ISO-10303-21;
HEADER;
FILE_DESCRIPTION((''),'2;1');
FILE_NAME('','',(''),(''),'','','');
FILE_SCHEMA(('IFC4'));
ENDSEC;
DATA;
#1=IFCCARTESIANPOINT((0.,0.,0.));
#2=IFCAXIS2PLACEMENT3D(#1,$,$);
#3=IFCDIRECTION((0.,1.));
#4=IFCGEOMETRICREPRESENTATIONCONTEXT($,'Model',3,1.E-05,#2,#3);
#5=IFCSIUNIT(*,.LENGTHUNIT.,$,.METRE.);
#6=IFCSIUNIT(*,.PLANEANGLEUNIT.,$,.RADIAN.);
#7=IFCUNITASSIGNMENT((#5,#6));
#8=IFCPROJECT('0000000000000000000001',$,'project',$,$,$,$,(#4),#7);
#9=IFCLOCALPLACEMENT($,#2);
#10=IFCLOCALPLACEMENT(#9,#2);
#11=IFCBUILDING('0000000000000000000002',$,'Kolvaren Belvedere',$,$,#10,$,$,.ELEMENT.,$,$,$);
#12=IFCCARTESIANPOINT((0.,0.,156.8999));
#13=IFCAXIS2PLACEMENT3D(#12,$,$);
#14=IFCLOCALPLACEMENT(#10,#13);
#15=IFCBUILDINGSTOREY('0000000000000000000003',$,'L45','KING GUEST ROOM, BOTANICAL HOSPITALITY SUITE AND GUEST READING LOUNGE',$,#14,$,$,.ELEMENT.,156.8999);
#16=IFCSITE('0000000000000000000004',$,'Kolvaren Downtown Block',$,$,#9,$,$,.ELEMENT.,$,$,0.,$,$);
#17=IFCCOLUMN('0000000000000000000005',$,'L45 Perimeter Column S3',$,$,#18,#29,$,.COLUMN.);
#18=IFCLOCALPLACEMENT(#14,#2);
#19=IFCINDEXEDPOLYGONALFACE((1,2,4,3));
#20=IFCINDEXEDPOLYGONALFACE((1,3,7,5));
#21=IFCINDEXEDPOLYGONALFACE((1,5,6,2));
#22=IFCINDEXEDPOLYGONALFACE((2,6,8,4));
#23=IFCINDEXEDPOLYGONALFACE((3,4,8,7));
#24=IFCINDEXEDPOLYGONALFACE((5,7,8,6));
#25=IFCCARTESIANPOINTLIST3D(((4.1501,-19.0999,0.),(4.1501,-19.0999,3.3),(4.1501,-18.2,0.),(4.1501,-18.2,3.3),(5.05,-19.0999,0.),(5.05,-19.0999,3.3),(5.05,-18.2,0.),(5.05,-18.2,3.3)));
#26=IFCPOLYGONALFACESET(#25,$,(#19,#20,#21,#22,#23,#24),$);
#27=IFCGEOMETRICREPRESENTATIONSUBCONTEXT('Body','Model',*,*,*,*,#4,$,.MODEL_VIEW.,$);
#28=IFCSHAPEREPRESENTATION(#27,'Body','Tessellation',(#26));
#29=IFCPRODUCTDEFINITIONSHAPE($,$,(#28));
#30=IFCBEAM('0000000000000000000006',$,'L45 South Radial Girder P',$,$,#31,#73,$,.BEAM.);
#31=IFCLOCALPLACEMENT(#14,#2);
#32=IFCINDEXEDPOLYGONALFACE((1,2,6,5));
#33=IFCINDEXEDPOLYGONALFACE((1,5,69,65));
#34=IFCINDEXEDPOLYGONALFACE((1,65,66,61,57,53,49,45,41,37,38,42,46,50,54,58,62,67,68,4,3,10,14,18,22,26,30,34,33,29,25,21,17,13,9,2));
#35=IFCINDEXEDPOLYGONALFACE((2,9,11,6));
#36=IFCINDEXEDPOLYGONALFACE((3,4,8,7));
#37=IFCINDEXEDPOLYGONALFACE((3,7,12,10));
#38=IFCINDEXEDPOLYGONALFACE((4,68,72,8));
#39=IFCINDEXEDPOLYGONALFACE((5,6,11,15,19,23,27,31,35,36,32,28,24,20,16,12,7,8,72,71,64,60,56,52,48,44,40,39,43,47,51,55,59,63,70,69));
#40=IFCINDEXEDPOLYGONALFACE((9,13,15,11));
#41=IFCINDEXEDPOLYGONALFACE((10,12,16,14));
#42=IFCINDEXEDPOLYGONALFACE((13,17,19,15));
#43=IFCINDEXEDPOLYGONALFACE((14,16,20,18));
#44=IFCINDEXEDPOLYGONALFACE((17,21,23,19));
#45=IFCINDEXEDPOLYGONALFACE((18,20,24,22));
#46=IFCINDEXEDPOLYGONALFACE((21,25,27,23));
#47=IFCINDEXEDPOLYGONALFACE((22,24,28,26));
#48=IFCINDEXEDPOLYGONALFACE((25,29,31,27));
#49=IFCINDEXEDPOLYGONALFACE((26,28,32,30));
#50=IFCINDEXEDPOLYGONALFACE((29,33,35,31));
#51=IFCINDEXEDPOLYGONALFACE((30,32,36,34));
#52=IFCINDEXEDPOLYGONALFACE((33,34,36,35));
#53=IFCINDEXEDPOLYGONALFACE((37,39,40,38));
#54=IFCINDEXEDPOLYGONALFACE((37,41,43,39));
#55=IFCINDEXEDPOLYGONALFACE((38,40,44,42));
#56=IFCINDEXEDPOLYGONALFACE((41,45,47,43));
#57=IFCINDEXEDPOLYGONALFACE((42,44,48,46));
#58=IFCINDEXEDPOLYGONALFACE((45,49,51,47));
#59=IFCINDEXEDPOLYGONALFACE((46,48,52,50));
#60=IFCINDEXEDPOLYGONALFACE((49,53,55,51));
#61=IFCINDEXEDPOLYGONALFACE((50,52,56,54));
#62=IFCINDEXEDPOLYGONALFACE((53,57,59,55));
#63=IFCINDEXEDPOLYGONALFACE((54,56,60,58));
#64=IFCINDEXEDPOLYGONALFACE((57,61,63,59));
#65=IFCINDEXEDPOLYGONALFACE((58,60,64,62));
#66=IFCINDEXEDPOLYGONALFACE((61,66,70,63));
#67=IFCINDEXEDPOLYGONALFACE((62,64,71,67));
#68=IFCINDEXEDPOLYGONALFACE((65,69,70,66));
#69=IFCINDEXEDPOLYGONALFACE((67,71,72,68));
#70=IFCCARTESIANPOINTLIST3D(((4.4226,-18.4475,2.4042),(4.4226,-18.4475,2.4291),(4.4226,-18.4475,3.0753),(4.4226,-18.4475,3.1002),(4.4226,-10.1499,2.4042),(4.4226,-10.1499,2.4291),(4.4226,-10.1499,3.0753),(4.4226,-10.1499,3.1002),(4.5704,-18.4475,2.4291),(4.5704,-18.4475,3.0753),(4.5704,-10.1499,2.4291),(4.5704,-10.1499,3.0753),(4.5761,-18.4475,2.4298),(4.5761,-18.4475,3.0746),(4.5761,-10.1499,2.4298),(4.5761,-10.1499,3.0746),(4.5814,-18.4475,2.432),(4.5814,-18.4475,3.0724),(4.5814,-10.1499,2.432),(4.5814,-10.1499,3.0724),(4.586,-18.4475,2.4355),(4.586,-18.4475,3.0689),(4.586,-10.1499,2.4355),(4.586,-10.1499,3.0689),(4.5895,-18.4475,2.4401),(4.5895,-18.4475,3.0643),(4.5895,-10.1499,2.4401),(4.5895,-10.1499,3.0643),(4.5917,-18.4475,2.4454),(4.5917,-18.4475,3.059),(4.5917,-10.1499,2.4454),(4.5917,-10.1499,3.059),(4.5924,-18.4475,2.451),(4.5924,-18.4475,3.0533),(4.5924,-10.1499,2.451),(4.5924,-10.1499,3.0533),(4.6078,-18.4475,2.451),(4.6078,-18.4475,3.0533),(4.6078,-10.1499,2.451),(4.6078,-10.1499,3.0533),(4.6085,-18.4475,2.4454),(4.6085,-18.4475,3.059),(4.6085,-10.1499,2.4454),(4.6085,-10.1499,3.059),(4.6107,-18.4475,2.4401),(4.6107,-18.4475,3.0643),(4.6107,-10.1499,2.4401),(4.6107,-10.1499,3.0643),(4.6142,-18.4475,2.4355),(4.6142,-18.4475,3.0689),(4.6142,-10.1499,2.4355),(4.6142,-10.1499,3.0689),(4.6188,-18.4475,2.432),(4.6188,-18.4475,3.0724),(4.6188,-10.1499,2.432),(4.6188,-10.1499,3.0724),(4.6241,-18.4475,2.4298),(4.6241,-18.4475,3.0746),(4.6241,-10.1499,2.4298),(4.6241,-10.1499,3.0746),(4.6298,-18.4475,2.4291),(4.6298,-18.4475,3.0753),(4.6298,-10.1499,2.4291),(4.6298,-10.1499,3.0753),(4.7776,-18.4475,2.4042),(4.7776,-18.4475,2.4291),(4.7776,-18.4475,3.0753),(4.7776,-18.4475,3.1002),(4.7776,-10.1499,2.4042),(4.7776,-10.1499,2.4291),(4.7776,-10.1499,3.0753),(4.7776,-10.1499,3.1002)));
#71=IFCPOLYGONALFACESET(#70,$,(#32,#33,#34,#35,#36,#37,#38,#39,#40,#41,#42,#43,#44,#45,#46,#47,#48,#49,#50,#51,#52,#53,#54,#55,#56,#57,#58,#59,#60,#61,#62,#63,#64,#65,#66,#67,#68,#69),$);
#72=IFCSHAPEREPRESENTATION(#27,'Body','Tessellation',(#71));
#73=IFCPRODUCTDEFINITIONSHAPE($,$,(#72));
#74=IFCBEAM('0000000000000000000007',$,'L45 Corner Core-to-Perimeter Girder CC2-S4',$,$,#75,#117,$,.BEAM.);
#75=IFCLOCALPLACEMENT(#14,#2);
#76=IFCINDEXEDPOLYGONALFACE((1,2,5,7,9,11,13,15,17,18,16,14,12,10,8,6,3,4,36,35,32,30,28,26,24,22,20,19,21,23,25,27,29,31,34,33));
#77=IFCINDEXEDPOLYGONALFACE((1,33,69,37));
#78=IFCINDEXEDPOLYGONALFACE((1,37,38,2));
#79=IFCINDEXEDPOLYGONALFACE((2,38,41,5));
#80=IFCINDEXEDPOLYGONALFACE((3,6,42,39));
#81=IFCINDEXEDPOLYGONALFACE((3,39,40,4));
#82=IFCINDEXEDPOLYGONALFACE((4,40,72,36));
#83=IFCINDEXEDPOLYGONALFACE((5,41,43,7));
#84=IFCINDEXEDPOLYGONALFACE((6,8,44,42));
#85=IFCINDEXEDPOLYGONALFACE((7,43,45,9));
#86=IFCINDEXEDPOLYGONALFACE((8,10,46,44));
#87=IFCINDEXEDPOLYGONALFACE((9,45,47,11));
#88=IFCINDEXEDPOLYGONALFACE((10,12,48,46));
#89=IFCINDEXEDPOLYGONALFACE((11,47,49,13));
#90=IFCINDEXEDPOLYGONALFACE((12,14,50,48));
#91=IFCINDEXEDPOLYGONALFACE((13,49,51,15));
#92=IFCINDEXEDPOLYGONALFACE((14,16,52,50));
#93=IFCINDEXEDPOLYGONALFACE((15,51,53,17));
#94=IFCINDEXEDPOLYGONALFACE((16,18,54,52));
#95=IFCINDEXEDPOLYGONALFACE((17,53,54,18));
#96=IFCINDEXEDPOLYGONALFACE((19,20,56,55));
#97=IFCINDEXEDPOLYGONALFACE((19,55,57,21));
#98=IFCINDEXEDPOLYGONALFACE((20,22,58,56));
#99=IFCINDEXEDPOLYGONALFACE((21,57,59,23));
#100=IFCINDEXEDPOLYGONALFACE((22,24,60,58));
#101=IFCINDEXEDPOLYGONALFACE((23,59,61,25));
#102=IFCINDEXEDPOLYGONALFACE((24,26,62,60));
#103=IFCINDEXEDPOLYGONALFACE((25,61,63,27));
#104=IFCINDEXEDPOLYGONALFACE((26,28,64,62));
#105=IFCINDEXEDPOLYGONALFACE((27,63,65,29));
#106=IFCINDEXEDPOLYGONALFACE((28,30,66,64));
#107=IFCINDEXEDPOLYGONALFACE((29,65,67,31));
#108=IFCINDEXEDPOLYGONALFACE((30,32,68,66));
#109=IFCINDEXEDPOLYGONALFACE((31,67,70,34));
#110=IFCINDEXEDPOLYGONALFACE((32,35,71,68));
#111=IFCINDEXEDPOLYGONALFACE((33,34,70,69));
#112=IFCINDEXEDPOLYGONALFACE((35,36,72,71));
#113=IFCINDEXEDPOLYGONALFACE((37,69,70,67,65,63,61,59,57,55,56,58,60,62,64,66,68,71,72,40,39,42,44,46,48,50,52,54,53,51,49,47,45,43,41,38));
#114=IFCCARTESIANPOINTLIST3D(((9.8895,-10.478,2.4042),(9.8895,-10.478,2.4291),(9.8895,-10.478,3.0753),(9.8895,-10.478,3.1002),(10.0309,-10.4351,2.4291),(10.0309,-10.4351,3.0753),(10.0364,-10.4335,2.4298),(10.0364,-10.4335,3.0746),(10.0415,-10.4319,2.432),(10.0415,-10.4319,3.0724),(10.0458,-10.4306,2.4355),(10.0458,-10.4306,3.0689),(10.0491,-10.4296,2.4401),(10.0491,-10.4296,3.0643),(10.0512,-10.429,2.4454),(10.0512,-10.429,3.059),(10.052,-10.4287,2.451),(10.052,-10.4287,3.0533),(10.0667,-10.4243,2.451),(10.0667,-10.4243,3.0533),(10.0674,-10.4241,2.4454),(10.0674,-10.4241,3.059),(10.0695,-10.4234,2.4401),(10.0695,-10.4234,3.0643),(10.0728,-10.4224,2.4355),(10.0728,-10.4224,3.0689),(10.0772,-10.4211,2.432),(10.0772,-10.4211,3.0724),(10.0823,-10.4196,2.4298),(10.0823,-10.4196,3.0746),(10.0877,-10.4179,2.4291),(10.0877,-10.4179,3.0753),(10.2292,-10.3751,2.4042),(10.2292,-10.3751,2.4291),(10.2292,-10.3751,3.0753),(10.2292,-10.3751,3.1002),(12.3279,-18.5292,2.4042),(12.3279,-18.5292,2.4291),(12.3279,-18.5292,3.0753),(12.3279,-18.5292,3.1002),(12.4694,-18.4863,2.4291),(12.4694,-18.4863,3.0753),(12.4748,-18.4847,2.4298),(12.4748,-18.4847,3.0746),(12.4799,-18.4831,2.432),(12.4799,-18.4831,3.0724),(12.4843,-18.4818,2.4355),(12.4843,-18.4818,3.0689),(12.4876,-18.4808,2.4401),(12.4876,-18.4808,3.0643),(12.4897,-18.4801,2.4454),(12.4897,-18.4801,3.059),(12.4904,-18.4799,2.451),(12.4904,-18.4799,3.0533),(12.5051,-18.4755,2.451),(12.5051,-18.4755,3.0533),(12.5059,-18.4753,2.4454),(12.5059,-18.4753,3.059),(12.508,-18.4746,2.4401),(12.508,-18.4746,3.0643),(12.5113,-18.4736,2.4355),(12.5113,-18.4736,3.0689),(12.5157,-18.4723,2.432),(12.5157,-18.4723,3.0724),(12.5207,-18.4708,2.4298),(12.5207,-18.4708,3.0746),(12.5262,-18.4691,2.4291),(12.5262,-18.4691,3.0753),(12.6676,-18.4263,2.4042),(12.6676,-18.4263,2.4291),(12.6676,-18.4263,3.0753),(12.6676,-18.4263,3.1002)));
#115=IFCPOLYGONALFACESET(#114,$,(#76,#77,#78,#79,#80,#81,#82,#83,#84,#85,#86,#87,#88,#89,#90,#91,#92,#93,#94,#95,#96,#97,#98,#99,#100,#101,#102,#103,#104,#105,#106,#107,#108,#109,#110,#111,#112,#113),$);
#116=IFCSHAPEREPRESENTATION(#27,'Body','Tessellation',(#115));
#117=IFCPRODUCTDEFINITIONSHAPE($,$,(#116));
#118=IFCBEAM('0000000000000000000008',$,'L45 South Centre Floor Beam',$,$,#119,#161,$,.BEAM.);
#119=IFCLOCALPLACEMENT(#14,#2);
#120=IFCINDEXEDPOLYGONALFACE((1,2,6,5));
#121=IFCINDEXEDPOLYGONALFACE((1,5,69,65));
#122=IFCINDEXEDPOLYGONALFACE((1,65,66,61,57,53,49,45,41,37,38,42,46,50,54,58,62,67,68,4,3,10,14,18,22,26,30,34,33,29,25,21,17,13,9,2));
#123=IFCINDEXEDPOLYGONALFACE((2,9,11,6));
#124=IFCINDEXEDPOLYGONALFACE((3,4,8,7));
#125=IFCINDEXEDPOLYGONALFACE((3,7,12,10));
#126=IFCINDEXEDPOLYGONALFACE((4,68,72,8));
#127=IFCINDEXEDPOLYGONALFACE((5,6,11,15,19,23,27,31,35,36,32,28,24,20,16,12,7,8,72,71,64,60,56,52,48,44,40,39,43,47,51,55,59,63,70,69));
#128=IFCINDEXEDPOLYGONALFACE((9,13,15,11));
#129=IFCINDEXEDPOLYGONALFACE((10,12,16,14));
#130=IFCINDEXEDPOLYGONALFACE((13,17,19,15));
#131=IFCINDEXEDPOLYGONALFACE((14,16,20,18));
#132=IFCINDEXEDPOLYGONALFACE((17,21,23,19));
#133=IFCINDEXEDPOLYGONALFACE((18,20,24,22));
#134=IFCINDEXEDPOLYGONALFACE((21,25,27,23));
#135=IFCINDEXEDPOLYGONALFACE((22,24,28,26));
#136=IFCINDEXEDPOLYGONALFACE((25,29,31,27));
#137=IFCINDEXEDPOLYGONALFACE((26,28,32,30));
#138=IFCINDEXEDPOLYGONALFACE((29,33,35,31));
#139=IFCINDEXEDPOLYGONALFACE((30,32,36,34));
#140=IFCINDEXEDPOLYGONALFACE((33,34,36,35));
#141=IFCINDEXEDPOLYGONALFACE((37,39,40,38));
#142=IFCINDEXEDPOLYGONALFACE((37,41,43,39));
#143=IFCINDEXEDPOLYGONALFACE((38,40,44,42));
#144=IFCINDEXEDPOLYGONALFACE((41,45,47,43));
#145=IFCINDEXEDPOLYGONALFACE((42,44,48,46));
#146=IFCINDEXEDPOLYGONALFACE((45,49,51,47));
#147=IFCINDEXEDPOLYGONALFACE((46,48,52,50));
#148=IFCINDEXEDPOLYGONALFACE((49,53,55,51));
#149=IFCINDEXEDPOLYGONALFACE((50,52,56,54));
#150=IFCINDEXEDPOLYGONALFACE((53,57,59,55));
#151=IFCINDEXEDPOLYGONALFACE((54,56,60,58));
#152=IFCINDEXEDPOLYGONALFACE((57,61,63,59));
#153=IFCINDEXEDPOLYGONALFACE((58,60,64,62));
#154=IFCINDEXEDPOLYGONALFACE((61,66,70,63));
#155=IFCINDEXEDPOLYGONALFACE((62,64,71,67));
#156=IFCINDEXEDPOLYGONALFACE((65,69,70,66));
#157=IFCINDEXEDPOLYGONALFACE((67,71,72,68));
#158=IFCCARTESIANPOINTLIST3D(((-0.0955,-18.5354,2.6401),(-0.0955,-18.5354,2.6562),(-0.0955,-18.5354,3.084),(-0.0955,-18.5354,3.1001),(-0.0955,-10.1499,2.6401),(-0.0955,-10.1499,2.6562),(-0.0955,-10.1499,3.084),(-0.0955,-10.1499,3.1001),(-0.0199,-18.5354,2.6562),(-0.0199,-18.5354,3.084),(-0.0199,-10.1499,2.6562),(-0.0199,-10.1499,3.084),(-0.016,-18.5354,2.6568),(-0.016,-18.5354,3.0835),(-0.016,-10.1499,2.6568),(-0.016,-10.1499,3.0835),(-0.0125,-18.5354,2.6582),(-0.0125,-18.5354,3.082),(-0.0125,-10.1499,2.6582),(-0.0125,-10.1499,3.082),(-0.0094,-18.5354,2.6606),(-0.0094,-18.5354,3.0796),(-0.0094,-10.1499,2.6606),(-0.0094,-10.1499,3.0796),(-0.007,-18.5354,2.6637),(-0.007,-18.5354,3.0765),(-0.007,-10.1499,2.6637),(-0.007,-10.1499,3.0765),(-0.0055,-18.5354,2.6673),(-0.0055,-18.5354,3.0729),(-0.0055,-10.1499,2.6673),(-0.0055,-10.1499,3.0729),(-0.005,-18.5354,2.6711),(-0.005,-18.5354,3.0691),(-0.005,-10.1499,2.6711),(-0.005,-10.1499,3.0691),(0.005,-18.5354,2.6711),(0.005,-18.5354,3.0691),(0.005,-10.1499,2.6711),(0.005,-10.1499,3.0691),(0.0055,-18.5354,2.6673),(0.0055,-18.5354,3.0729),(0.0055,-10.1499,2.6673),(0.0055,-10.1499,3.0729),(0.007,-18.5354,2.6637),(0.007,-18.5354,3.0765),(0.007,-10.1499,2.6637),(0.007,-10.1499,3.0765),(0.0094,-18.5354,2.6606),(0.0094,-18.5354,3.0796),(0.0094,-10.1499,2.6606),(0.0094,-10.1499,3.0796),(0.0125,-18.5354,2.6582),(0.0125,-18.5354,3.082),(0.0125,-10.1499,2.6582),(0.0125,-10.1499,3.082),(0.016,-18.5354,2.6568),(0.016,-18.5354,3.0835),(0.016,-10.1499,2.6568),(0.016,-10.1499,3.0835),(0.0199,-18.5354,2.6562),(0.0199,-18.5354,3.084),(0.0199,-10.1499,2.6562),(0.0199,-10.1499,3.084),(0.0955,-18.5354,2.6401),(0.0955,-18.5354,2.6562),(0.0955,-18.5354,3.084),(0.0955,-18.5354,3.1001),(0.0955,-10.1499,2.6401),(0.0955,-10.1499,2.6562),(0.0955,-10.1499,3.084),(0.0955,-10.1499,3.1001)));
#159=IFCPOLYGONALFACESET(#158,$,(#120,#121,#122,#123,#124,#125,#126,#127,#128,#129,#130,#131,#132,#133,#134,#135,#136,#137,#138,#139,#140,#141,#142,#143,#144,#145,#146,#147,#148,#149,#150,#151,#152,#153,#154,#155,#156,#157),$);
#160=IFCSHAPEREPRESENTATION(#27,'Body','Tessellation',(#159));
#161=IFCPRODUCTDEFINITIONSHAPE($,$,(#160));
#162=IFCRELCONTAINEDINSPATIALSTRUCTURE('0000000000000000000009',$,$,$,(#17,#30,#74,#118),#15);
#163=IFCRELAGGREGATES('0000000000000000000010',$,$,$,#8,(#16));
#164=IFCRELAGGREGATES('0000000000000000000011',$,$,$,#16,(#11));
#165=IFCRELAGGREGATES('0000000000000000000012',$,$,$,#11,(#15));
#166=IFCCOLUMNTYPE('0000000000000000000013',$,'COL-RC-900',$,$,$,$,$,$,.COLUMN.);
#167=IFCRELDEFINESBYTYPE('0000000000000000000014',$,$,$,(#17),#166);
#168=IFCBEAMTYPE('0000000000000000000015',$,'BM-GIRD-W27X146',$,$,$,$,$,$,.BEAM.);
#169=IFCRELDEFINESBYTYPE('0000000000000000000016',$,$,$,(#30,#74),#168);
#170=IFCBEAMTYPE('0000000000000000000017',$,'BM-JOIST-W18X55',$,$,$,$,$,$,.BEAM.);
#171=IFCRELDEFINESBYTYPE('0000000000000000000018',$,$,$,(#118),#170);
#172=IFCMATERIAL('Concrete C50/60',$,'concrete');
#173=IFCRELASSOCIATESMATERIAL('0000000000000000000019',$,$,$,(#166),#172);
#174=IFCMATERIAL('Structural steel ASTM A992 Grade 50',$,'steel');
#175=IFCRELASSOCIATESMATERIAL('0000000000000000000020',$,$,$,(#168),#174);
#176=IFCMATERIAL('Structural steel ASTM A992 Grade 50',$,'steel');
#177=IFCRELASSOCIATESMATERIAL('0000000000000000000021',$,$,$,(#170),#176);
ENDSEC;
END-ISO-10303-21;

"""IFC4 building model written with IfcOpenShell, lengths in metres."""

from ifc_helpers import new_model, si_unit, direction, frame, origin, origin_2d, place, context, subcontext, project, spatial, rectangle, i_section, extrude, material, material_profile, profile_set, type_object, element, save


model = new_model("IFC4")

# Units and contexts
model_context = context("Model", 3, precision=1e-05, world=origin(), true_north=direction((0.0, 1.0)))
body_context = subcontext(model_context, "Body", "Model", "MODEL_VIEW")
ifc_project = project(units=[si_unit("LENGTHUNIT", "METRE"), si_unit("PLANEANGLEUNIT", "RADIAN")], contexts=[model_context])

# Site, building, storey
site_placement = place(None, origin())
site = spatial("IfcSite", under=ifc_project, at=site_placement, Name="Kolvaren Downtown Block", CompositionType="ELEMENT", RefElevation=0.0)
building_placement = place(site_placement, origin())
building = spatial("IfcBuilding", under=site, at=building_placement, Name="Kolvaren Belvedere", CompositionType="ELEMENT")
storey_placement = place(building_placement, frame((0.0, 0.0, 156.8999)))
storey = spatial("IfcBuildingStorey", under=building, at=storey_placement, Name="L45", Description="KING GUEST ROOM, BOTANICAL HOSPITALITY SUITE AND GUEST READING LOUNGE", CompositionType="ELEMENT", Elevation=156.8999)

# Column
ifc_material_1 = material(Name="Concrete C50/60", Category="concrete")
ifc_material_profile_1 = material_profile(ifc_material_1, rectangle(XDim=0.8999, YDim=0.8999, at=origin_2d()), Name="RC 900X900")
ifc_profile_set_1 = profile_set([ifc_material_profile_1], Name="Concrete C50/60")
column_type = type_object("IfcColumnType", Name="COL-RC-900", PredefinedType="COLUMN", material=ifc_profile_set_1)
column_placement = place(storey_placement, frame((4.6001, -18.6499, 0.0), z_axis=(0.0, 0.0, 1.0), x_axis=(1.0, 0.0, 0.0)))
element("IfcColumn", 1, at=column_placement, inside=storey, type_object=column_type, Name="L45 Perimeter Column S3", PredefinedType="COLUMN", context=body_context, shape_type="SweptSolid", body=[
    extrude(rectangle(XDim=0.8999, YDim=0.8999, at=origin_2d()), origin(), (0.0, 0.0, 1.0), 3.3),
])

# Beams
ifc_material_2 = material(Name="Structural steel ASTM A992 Grade 50", Category="steel")
ifc_material_profile_2 = material_profile(ifc_material_2, i_section(OverallWidth=0.355, OverallDepth=0.696, WebThickness=0.0154, FlangeThickness=0.0249, FilletRadius=0.022, at=origin_2d()), Name="W27X146")
ifc_profile_set_2 = profile_set([ifc_material_profile_2], Name="Structural steel ASTM A992 Grade 50")
beam_type_1 = type_object("IfcBeamType", Name="BM-GIRD-W27X146", PredefinedType="BEAM", material=ifc_profile_set_2)
beam_1_placement = place(storey_placement, frame((4.6001, -10.1499, 2.7522), z_axis=(0.0, -1.0, 0.0), x_axis=(1.0, 0.0, 0.0)))
element("IfcBeam", 2, at=beam_1_placement, inside=storey, type_object=beam_type_1, Name="L45 South Radial Girder P", PredefinedType="BEAM", context=body_context, shape_type="SweptSolid", body=[
    extrude(i_section(OverallWidth=0.355, OverallDepth=0.696, WebThickness=0.0154, FlangeThickness=0.0249, FilletRadius=0.022, at=origin_2d()), origin(), (0.0, 0.0, 1.0), 8.2976),
])
beam_2_placement = place(storey_placement, frame((10.0593, -10.4265, 2.7522), z_axis=(0.289866, -0.957067, 0.0), x_axis=(0.957067, 0.289866, 0.0)))
element("IfcBeam", 3, at=beam_2_placement, inside=storey, type_object=beam_type_1, Name="L45 Corner Core-to-Perimeter Girder CC2-S4", PredefinedType="BEAM", context=body_context, shape_type="SweptSolid", body=[
    extrude(i_section(OverallWidth=0.355, OverallDepth=0.696, WebThickness=0.0154, FlangeThickness=0.0249, FilletRadius=0.022, at=origin_2d()), origin(), (0.0, 0.0, 1.0), 8.4124),
])
ifc_material_3 = material(Name="Structural steel ASTM A992 Grade 50", Category="steel")
ifc_material_profile_3 = material_profile(ifc_material_3, i_section(OverallWidth=0.1909, OverallDepth=0.46, WebThickness=0.01, FlangeThickness=0.0161, FilletRadius=0.0149, at=origin_2d()), Name="W18X55")
ifc_profile_set_3 = profile_set([ifc_material_profile_3], Name="Structural steel ASTM A992 Grade 50")
beam_type_2 = type_object("IfcBeamType", Name="BM-JOIST-W18X55", PredefinedType="BEAM", material=ifc_profile_set_3)
beam_3_placement = place(storey_placement, frame((0.0, -10.1499, 2.8701), z_axis=(0.0, -1.0, 0.0), x_axis=(1.0, 0.0, 0.0)))
element("IfcBeam", 4, at=beam_3_placement, inside=storey, type_object=beam_type_2, Name="L45 South Centre Floor Beam", PredefinedType="BEAM", context=body_context, shape_type="SweptSolid", body=[
    extrude(i_section(OverallWidth=0.1909, OverallDepth=0.46, WebThickness=0.01, FlangeThickness=0.0161, FilletRadius=0.0149, at=origin_2d()), origin(), (0.0, 0.0, 1.0), 8.3855),
])

save(model, "model.ifc")
